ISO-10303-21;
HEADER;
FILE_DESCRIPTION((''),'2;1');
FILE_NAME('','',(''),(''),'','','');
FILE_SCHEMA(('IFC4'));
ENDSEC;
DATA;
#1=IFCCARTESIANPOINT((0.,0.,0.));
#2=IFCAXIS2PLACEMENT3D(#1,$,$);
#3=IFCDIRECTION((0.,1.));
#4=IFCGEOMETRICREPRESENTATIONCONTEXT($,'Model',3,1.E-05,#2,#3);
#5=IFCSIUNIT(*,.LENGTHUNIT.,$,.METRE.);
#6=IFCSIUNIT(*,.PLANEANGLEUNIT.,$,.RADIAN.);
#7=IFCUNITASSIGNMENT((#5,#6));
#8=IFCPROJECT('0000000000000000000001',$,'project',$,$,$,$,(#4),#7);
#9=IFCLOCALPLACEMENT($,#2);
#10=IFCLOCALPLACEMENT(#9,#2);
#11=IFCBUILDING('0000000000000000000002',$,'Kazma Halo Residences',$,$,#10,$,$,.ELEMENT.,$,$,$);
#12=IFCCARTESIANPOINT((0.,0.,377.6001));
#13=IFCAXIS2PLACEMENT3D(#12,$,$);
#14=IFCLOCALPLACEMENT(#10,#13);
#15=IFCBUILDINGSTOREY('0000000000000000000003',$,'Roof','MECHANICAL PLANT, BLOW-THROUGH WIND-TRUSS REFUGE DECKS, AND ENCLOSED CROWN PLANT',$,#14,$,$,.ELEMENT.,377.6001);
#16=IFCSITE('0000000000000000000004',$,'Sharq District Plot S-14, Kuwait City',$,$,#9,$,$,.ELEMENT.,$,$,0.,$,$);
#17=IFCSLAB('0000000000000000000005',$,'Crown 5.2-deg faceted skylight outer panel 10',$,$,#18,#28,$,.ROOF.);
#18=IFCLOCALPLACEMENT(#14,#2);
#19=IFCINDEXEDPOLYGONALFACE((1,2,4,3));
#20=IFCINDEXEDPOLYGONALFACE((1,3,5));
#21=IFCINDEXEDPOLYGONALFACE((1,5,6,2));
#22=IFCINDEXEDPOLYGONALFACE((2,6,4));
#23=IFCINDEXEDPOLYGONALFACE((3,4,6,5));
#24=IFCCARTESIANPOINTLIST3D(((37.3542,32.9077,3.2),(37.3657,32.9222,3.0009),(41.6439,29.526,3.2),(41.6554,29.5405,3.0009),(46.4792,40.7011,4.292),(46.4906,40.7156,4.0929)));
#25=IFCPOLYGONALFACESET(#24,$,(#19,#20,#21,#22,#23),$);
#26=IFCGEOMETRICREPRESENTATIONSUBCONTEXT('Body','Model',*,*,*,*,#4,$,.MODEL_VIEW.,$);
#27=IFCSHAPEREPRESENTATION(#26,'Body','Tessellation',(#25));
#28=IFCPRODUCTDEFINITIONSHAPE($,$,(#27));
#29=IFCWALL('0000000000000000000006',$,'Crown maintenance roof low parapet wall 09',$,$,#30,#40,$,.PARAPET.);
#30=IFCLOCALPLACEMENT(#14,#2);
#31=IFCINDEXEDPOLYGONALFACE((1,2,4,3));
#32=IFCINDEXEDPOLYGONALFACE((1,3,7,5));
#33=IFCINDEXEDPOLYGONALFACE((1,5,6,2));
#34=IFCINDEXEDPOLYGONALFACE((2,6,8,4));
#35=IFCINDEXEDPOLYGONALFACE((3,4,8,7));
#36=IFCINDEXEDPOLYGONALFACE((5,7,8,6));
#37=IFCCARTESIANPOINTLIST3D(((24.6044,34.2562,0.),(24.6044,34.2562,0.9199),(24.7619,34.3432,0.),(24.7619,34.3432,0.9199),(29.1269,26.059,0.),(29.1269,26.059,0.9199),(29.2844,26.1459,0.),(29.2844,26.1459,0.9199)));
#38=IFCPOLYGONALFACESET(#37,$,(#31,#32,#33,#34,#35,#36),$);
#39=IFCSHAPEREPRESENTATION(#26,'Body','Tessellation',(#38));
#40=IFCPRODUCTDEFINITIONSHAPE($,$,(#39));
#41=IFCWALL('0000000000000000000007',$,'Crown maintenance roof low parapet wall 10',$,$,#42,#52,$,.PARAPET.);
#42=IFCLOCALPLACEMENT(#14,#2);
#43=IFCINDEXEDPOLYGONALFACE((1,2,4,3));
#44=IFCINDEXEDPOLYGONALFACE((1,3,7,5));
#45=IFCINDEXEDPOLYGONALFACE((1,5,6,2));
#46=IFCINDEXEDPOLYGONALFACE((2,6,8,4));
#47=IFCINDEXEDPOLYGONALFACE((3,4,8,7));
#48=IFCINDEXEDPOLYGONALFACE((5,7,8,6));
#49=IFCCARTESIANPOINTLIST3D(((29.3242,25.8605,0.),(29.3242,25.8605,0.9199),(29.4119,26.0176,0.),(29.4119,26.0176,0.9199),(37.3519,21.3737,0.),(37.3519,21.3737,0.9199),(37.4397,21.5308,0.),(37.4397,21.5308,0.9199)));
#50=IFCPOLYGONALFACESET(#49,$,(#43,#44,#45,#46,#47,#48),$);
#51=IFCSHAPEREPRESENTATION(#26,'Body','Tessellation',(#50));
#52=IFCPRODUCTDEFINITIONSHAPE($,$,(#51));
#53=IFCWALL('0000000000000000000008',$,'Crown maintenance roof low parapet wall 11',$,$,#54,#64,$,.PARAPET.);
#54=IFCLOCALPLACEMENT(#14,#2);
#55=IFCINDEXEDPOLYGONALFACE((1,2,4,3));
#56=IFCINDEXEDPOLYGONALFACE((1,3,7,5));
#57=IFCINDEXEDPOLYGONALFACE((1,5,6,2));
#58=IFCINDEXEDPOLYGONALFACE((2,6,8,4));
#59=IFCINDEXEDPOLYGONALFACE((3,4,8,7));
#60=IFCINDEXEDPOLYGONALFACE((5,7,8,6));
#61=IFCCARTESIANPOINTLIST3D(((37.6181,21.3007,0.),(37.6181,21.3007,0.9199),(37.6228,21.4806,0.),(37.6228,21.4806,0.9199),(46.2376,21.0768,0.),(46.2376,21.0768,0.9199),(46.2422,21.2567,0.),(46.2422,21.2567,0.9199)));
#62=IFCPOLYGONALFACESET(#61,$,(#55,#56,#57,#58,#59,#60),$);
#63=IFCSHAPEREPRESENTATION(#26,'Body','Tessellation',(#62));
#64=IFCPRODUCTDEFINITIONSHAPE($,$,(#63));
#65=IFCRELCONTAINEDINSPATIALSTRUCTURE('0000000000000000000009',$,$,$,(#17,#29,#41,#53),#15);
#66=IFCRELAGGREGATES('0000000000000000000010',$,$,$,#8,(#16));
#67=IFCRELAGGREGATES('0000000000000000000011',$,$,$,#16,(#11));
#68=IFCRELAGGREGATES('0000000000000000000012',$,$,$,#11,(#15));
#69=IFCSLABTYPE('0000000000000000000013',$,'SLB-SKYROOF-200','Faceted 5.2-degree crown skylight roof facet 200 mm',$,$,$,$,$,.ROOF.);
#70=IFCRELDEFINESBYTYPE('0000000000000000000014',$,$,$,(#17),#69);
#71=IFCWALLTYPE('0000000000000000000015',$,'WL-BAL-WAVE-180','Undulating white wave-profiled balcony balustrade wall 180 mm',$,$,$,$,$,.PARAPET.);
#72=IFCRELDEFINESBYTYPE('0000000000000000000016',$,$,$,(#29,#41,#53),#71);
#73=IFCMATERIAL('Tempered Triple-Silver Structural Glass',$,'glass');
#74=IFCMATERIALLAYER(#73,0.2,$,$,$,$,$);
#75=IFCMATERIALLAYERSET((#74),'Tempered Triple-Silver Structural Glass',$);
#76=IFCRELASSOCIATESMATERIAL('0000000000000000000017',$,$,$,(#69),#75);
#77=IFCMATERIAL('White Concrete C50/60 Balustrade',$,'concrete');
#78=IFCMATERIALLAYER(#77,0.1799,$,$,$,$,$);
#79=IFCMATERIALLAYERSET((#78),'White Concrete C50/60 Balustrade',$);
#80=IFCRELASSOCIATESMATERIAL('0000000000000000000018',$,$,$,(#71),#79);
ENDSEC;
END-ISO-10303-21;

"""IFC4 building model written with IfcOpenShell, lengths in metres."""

from ifc_helpers import new_model, si_unit, direction, frame, frame_2d, origin, place, context, subcontext, project, spatial, polyline, rectangle, outline, extrude, material, layer, layer_set, type_object, element, save


model = new_model("IFC4")

# Units and contexts
model_context = context("Model", 3, precision=1e-05, world=origin(), true_north=direction((0.0, 1.0)))
body_context = subcontext(model_context, "Body", "Model", "MODEL_VIEW")
ifc_project = project(units=[si_unit("LENGTHUNIT", "METRE"), si_unit("PLANEANGLEUNIT", "RADIAN")], contexts=[model_context])

# Site, building, storey
site_placement = place(None, origin())
site = spatial("IfcSite", under=ifc_project, at=site_placement, Name="Sharq District Plot S-14, Kuwait City", CompositionType="ELEMENT", RefElevation=0.0)
building_placement = place(site_placement, origin())
building = spatial("IfcBuilding", under=site, at=building_placement, Name="Kazma Halo Residences", CompositionType="ELEMENT")
storey_placement = place(building_placement, frame((0.0, 0.0, 377.6001)))
storey = spatial("IfcBuildingStorey", under=building, at=storey_placement, Name="Roof", Description="MECHANICAL PLANT, BLOW-THROUGH WIND-TRUSS REFUGE DECKS, AND ENCLOSED CROWN PLANT", CompositionType="ELEMENT", Elevation=377.6001)

# Slab
ifc_material_1 = material(Name="Tempered Triple-Silver Structural Glass", Category="glass")
ifc_layer_1 = layer(ifc_material_1, 0.2)
ifc_layer_set_1 = layer_set([ifc_layer_1], Name="Tempered Triple-Silver Structural Glass")
slab_type_1 = type_object("IfcSlabType", Name="SLB-SKYROOF-200", Description="Faceted 5.2-degree crown skylight roof facet 200 mm", PredefinedType="ROOF", material=ifc_layer_set_1)
slab_1_placement = place(storey_placement, frame((37.3542, 32.9077, 3.2), z_axis=(-0.057197, -0.072554, 0.995723), x_axis=(0.785314, -0.619098, 0.0)))
element("IfcSlab", 1, at=slab_1_placement, inside=storey, type_object=slab_type_1, Name="Crown 5.2-deg faceted skylight outer panel 10", PredefinedType="ROOF", context=body_context, shape_type="SweptSolid", body=[
    extrude(outline(polyline([(0.0, 0.0), (5.4624, 0.0), (2.3411, 11.8201), (0.0, 0.0)])), origin(), (0.0, 0.0, -1.0), 0.2),
])

# Walls
ifc_material_2 = material(Name="White Concrete C50/60 Balustrade", Category="concrete")
ifc_layer_2 = layer(ifc_material_2, 0.1799)
ifc_layer_set_2 = layer_set([ifc_layer_2], Name="White Concrete C50/60 Balustrade")
wall_type = type_object("IfcWallType", Name="WL-BAL-WAVE-180", Description="Undulating white wave-profiled balcony balustrade wall 180 mm", PredefinedType="PARAPET", material=ifc_layer_set_2)
wall_1_placement = place(storey_placement, frame((24.6831, 34.2998, 0.0), z_axis=(0.0, 0.0, 1.0), x_axis=(0.483064, -0.875585, 0.0)))
element("IfcWall", 2, at=wall_1_placement, inside=storey, type_object=wall_type, Name="Crown maintenance roof low parapet wall 09", PredefinedType="PARAPET", context=body_context, shape_type="SweptSolid", body=[
    extrude(rectangle(XDim=9.3621, YDim=0.1799, at=frame_2d((4.6812, 0.0))), origin(), (0.0, 0.0, 1.0), 0.9199),
])
wall_2_placement = place(storey_placement, frame((29.3682, 25.939, 0.0), z_axis=(0.0, 0.0, 1.0), x_axis=(0.872912, -0.487877, 0.0)))
element("IfcWall", 3, at=wall_2_placement, inside=storey, type_object=wall_type, Name="Crown maintenance roof low parapet wall 10", PredefinedType="PARAPET", context=body_context, shape_type="SweptSolid", body=[
    extrude(rectangle(XDim=9.1965, YDim=0.1799, at=frame_2d((4.5981, 0.0))), origin(), (0.0, 0.0, 1.0), 0.9199),
])
wall_3_placement = place(storey_placement, frame((37.6206, 21.3906, 0.0), z_axis=(0.0, 0.0, 1.0), x_axis=(0.999663, -0.025965, 0.0)))
element("IfcWall", 4, at=wall_3_placement, inside=storey, type_object=wall_type, Name="Crown maintenance roof low parapet wall 11", PredefinedType="PARAPET", context=body_context, shape_type="SweptSolid", body=[
    extrude(rectangle(XDim=8.6223, YDim=0.1799, at=frame_2d((4.311, 0.0))), origin(), (0.0, 0.0, 1.0), 0.9199),
])

save(model, "model.ifc")
